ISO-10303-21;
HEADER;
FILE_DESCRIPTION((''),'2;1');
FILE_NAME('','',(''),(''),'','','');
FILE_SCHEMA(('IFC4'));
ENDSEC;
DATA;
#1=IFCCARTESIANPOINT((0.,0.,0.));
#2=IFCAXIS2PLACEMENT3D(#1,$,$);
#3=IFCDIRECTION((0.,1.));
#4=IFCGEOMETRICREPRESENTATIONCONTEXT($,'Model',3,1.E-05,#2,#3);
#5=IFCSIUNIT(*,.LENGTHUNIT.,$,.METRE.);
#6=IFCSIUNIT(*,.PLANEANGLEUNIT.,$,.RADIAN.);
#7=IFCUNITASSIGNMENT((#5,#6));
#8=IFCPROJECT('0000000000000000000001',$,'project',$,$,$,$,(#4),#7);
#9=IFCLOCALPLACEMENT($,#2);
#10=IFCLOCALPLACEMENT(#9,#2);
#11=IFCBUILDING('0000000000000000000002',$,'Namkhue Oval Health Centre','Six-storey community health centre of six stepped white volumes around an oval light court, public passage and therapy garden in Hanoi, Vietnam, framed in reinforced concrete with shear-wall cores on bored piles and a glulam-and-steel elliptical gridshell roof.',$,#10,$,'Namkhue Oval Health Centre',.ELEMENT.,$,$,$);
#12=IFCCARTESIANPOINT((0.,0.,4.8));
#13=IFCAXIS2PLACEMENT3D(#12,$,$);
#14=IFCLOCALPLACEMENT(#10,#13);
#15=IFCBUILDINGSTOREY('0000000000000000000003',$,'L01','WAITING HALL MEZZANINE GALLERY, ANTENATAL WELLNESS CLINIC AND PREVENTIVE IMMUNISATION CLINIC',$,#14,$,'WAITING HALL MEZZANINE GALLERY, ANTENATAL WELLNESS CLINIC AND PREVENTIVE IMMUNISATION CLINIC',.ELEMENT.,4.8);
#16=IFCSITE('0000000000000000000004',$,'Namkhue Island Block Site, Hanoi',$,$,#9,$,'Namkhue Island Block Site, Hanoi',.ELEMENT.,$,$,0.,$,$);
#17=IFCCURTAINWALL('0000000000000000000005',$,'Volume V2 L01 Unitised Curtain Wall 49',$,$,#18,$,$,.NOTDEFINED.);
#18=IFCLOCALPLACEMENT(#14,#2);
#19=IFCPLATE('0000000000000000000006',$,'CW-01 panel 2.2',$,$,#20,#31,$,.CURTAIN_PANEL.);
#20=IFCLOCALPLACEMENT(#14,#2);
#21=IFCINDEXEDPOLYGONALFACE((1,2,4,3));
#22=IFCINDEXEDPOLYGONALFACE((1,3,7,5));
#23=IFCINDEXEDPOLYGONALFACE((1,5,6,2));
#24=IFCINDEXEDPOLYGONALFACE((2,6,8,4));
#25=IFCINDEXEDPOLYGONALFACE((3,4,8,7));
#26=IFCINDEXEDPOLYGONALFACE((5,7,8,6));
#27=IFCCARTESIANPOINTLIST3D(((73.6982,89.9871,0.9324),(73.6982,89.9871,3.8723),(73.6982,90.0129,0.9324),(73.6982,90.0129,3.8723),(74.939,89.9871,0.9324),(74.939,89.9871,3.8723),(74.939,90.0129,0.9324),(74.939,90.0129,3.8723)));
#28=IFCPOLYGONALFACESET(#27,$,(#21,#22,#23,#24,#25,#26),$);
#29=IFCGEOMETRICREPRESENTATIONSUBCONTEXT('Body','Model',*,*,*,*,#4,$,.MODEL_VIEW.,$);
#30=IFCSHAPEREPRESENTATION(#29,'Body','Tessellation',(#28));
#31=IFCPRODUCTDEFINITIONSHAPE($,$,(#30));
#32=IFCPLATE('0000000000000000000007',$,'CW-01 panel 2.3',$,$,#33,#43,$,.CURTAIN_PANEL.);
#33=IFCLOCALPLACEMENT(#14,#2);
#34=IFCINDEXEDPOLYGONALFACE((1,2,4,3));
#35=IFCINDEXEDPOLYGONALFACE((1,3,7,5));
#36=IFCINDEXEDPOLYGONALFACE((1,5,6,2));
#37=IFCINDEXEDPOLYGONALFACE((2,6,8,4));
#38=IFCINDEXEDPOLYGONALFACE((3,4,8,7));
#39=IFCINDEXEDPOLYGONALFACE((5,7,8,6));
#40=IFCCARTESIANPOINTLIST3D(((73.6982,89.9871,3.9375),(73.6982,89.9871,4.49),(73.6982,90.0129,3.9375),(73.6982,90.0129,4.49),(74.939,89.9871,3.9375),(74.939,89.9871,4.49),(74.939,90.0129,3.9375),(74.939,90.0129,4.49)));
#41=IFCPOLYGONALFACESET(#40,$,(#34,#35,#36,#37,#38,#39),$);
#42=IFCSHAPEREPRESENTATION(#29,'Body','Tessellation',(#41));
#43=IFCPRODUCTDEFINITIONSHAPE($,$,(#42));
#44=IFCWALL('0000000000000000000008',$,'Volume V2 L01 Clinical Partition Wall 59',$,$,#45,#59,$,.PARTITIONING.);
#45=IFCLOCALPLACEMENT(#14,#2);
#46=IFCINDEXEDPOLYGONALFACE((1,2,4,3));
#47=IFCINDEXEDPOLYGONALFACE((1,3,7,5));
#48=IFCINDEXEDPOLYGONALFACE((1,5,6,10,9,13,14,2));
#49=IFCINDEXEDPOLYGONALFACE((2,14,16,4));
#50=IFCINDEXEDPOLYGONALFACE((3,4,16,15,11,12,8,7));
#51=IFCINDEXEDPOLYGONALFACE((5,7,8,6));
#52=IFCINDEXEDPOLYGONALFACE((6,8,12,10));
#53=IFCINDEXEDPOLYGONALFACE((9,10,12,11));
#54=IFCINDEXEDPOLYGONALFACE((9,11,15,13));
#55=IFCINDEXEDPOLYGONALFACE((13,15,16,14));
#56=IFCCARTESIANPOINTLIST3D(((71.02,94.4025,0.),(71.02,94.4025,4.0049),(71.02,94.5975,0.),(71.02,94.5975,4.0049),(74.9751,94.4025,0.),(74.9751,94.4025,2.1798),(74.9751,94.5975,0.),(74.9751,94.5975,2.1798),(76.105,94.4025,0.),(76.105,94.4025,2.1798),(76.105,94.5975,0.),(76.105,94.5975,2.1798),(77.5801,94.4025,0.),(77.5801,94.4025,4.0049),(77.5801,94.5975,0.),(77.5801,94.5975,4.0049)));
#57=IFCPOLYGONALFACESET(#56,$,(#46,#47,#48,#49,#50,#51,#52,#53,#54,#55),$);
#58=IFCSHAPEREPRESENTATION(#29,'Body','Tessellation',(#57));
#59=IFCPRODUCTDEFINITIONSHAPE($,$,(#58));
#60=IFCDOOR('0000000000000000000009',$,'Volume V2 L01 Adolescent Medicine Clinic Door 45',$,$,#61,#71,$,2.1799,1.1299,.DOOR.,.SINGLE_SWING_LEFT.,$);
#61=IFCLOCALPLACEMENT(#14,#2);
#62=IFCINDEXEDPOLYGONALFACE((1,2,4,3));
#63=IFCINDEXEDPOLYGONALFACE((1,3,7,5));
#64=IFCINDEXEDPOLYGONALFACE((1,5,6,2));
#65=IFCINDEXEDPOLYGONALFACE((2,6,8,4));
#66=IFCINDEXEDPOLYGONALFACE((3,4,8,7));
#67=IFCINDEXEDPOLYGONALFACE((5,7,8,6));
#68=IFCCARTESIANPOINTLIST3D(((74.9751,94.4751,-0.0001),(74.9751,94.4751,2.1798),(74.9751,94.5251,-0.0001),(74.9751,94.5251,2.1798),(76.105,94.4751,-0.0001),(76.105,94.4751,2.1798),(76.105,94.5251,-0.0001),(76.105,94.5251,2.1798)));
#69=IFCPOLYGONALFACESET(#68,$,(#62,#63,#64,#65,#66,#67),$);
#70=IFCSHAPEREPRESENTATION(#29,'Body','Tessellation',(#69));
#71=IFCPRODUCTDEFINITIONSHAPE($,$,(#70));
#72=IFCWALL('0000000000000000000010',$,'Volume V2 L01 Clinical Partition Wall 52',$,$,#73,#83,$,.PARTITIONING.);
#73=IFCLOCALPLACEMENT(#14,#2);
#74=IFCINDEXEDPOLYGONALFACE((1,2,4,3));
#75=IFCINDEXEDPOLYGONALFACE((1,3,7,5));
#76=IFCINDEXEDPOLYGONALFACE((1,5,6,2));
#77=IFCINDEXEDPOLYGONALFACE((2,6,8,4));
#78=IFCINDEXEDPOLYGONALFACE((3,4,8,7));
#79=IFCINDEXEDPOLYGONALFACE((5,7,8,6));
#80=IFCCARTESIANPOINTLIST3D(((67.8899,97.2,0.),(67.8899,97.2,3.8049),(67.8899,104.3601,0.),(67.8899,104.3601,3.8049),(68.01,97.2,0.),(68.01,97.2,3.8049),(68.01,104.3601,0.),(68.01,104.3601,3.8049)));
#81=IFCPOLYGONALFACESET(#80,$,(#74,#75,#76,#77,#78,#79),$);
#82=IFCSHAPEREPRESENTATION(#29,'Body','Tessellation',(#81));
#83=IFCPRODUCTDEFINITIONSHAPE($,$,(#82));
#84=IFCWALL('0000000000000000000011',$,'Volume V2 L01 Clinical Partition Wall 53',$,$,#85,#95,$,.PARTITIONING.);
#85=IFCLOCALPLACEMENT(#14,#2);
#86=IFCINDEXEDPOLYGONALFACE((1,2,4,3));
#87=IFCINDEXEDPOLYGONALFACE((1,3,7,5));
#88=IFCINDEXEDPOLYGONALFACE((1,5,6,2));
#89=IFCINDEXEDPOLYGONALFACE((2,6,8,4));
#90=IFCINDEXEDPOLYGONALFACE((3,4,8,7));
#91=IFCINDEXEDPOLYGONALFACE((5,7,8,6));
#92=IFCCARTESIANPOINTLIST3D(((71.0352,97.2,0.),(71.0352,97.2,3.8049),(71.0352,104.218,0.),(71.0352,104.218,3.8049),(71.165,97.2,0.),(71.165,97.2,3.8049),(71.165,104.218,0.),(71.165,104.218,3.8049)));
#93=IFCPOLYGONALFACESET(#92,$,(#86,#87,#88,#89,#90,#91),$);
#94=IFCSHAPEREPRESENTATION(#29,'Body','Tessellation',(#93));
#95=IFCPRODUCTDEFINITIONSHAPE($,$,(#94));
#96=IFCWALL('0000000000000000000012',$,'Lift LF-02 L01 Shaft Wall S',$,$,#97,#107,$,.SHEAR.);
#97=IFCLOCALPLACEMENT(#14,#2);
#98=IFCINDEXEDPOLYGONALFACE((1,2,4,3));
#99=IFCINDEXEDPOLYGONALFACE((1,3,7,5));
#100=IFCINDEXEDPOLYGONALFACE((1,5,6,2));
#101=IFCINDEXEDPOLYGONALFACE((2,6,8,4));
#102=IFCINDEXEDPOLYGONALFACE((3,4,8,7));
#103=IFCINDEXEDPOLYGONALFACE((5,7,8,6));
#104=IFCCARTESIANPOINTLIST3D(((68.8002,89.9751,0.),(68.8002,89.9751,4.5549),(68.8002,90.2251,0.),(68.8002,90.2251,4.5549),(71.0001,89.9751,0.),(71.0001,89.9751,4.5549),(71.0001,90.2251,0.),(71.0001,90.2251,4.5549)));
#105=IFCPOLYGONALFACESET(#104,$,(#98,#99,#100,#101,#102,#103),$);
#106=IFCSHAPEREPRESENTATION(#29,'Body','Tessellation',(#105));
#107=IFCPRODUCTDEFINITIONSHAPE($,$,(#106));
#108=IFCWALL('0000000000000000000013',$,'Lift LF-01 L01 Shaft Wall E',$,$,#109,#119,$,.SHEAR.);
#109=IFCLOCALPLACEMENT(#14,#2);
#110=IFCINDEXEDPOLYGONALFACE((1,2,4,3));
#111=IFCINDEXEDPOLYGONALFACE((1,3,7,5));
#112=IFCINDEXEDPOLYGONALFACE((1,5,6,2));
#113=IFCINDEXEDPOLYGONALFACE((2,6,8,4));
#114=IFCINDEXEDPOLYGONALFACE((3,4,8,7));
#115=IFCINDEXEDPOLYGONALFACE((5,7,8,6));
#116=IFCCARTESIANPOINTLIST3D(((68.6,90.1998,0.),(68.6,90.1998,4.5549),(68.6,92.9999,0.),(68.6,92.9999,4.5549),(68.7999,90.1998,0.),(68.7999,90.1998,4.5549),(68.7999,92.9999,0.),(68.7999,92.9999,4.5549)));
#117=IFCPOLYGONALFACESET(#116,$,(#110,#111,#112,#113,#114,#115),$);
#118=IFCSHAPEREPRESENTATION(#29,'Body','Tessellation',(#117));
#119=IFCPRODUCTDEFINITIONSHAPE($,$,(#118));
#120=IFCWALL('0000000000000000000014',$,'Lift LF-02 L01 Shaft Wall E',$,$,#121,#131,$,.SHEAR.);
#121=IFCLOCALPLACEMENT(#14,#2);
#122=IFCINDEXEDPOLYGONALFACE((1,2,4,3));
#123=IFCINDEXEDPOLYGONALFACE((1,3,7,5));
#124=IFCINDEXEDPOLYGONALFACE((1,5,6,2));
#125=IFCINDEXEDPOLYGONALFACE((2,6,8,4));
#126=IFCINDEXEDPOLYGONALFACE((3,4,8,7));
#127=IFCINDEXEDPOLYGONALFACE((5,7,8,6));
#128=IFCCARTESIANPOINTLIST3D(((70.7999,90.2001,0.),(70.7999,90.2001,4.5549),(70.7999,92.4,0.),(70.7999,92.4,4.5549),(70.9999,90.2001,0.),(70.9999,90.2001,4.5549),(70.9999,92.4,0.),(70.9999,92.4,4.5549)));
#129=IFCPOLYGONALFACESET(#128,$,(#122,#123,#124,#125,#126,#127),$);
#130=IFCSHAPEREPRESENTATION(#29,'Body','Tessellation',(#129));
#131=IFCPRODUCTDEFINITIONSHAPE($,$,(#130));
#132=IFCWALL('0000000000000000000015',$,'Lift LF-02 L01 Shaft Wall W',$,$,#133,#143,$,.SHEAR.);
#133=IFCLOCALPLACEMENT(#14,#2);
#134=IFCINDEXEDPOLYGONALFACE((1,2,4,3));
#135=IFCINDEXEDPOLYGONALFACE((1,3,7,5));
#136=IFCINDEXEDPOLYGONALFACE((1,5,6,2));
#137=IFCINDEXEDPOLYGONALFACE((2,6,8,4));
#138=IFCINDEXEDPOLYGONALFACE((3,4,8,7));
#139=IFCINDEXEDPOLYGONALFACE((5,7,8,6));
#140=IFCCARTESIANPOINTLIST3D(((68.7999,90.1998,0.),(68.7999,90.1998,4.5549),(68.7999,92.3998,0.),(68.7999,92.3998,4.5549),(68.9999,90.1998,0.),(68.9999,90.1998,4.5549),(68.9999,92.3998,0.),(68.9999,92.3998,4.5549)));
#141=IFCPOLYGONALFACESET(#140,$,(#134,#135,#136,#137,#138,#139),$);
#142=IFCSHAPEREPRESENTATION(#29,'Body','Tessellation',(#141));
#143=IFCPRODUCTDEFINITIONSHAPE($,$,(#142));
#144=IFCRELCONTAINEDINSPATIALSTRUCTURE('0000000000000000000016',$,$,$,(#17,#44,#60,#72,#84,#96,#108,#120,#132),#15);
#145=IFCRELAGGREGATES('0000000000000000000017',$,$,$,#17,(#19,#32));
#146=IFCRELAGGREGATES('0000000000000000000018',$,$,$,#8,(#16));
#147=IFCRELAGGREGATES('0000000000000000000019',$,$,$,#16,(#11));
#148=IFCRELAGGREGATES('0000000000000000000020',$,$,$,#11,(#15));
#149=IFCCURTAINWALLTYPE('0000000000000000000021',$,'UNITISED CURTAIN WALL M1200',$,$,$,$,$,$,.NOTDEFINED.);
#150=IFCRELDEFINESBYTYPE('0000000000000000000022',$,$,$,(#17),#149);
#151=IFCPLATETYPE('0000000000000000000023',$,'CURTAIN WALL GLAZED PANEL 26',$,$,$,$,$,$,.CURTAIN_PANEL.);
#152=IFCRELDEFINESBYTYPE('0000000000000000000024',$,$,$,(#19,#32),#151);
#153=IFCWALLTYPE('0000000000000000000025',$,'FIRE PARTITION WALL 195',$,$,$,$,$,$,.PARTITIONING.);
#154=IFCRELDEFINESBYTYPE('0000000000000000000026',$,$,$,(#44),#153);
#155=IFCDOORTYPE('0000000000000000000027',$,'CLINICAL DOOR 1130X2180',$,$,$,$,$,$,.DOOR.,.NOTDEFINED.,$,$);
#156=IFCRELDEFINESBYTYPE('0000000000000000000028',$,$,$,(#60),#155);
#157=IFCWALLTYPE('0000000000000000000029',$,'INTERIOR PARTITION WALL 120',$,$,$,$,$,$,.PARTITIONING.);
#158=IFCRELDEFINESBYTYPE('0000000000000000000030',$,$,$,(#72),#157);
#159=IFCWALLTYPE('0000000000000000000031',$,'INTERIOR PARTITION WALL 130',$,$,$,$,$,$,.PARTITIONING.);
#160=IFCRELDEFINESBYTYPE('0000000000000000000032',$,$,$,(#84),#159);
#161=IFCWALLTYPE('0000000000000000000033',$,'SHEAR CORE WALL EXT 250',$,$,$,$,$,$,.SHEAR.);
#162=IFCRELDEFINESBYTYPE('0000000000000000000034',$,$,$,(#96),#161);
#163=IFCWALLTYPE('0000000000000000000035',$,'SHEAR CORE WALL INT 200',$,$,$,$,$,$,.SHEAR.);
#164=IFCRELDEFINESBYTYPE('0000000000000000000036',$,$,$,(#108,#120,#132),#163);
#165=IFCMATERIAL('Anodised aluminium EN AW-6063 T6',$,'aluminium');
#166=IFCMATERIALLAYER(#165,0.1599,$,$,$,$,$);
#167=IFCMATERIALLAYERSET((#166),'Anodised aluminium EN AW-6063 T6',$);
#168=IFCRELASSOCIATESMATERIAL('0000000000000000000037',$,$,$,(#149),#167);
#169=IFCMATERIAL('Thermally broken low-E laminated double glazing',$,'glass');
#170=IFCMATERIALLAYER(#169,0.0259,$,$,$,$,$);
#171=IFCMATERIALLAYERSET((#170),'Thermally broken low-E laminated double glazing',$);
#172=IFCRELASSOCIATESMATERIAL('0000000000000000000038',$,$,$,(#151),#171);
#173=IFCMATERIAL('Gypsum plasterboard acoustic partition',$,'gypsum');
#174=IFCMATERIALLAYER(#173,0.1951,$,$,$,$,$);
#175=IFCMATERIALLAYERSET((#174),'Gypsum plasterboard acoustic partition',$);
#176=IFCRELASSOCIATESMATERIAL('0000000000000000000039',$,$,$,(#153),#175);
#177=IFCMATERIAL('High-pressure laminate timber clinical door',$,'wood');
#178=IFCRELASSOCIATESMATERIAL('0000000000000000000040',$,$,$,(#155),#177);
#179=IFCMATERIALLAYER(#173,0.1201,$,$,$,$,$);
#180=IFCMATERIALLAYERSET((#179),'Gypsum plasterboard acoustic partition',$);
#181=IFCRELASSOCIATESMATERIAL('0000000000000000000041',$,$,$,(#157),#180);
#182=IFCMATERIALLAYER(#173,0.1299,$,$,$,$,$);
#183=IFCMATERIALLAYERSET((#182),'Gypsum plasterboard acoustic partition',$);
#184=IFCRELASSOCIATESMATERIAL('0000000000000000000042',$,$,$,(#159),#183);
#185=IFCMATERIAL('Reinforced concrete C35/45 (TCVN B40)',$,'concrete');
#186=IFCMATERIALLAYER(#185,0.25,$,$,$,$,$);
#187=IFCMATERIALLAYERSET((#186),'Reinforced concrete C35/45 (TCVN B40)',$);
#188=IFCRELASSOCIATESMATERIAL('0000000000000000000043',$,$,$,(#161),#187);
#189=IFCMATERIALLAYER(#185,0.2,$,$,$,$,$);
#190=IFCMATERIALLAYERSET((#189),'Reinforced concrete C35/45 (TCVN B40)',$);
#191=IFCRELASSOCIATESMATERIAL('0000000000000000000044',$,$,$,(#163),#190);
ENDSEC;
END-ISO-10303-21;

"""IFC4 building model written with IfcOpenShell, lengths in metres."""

from ifc_helpers import new_model, si_unit, direction, frame, frame_2d, origin, origin_2d, place, context, subcontext, project, spatial, rectangle, extrude, material, layer, layer_set, type_object, element, fill, aggregate, save


model = new_model("IFC4")

# Units and contexts
model_context = context("Model", 3, precision=1e-05, world=origin(), true_north=direction((0.0, 1.0)))
body_context = subcontext(model_context, "Body", "Model", "MODEL_VIEW")
ifc_project = project(units=[si_unit("LENGTHUNIT", "METRE"), si_unit("PLANEANGLEUNIT", "RADIAN")], contexts=[model_context])

# Site, building, storey
site_placement = place(None, origin())
site = spatial("IfcSite", under=ifc_project, at=site_placement, Name="Namkhue Island Block Site, Hanoi", LongName="Namkhue Island Block Site, Hanoi", CompositionType="ELEMENT", RefElevation=0.0)
building_placement = place(site_placement, origin())
building = spatial("IfcBuilding", under=site, at=building_placement, Name="Namkhue Oval Health Centre", Description="Six-storey community health centre of six stepped white volumes around an oval light court, public passage and therapy garden in Hanoi, Vietnam, framed in reinforced concrete with shear-wall cores on bored piles and a glulam-and-steel elliptical gridshell roof.", LongName="Namkhue Oval Health Centre", CompositionType="ELEMENT")
storey_placement = place(building_placement, frame((0.0, 0.0, 4.8)))
storey = spatial("IfcBuildingStorey", under=building, at=storey_placement, Name="L01", Description="WAITING HALL MEZZANINE GALLERY, ANTENATAL WELLNESS CLINIC AND PREVENTIVE IMMUNISATION CLINIC", LongName="WAITING HALL MEZZANINE GALLERY, ANTENATAL WELLNESS CLINIC AND PREVENTIVE IMMUNISATION CLINIC", CompositionType="ELEMENT", Elevation=4.8)

# Shared definitions
ifc_material_1 = material(Name="Reinforced concrete C35/45 (TCVN B40)", Category="concrete")

# Curtain wall
ifc_material_2 = material(Name="Anodised aluminium EN AW-6063 T6", Category="aluminium")
ifc_layer_1 = layer(ifc_material_2, 0.1599)
ifc_layer_set_1 = layer_set([ifc_layer_1], Name="Anodised aluminium EN AW-6063 T6")
curtain_wall_type = type_object("IfcCurtainWallType", Name="UNITISED CURTAIN WALL M1200", PredefinedType="NOTDEFINED", material=ifc_layer_set_1)
curtain_wall_placement = place(storey_placement, origin())
curtain_wall = element("IfcCurtainWall", 1, at=curtain_wall_placement, inside=storey, type_object=curtain_wall_type, Name="Volume V2 L01 Unitised Curtain Wall 49", PredefinedType="NOTDEFINED")

# Plates
ifc_material_3 = material(Name="Thermally broken low-E laminated double glazing", Category="glass")
ifc_layer_2 = layer(ifc_material_3, 0.0259)
ifc_layer_set_2 = layer_set([ifc_layer_2], Name="Thermally broken low-E laminated double glazing")
plate_type = type_object("IfcPlateType", Name="CURTAIN WALL GLAZED PANEL 26", PredefinedType="CURTAIN_PANEL", material=ifc_layer_set_2)
plate_1_placement = place(storey_placement, frame((74.3186, 90.0, 0.9324), z_axis=(0.0, 0.0, 1.0), x_axis=(1.0, 0.0, 0.0)))
plate_1 = element("IfcPlate", 2, at=plate_1_placement, type_object=plate_type, Name="CW-01 panel 2.2", PredefinedType="CURTAIN_PANEL", context=body_context, shape_type="SweptSolid", body=[
    extrude(rectangle(XDim=1.2407, YDim=0.0259, at=origin_2d()), origin(), (0.0, 0.0, 1.0), 2.9399),
])
plate_2_placement = place(storey_placement, frame((74.3186, 90.0, 3.9375), z_axis=(0.0, 0.0, 1.0), x_axis=(1.0, 0.0, 0.0)))
plate_2 = element("IfcPlate", 3, at=plate_2_placement, type_object=plate_type, Name="CW-01 panel 2.3", PredefinedType="CURTAIN_PANEL", context=body_context, shape_type="SweptSolid", body=[
    extrude(rectangle(XDim=1.2407, YDim=0.0259, at=origin_2d()), origin(), (0.0, 0.0, 1.0), 0.5525),
])
aggregate(curtain_wall, [plate_1, plate_2])

# Wall, opening, door
ifc_material_4 = material(Name="Gypsum plasterboard acoustic partition", Category="gypsum")
ifc_layer_3 = layer(ifc_material_4, 0.1951)
ifc_layer_set_3 = layer_set([ifc_layer_3], Name="Gypsum plasterboard acoustic partition")
wall_type_1 = type_object("IfcWallType", Name="FIRE PARTITION WALL 195", PredefinedType="PARTITIONING", material=ifc_layer_set_3)
wall_1_placement = place(storey_placement, frame((71.02, 94.5, 0.0), z_axis=(0.0, 0.0, 1.0), x_axis=(1.0, 0.0, 0.0)))
wall_1 = element("IfcWall", 4, at=wall_1_placement, inside=storey, type_object=wall_type_1, Name="Volume V2 L01 Clinical Partition Wall 59", PredefinedType="PARTITIONING", context=body_context, shape_type="SweptSolid", body=[
    extrude(rectangle(XDim=6.5601, YDim=0.1951, at=frame_2d((3.28, 0.0))), origin(), (0.0, 0.0, 1.0), 4.0049),
])
opening_1_placement = place(wall_1_placement, frame((3.9551, 0.0, 0.0)))
opening_1 = element("IfcOpeningElement", 5, at=opening_1_placement, cuts=wall_1, PredefinedType="OPENING", context=body_context, shape_type="SweptSolid", body=[
    extrude(rectangle(XDim=1.1299, YDim=2.1799, at=frame_2d((0.5649, 1.0898))), frame((0.0, 0.1074, 0.0), z_axis=(0.0, -1.0, 0.0), x_axis=(1.0, 0.0, 0.0)), (0.0, 0.0, 1.0), 0.2151),
])
ifc_material_5 = material(Name="High-pressure laminate timber clinical door", Category="wood")
door_type_1 = type_object("IfcDoorType", Name="CLINICAL DOOR 1130X2180", OperationType="NOTDEFINED", PredefinedType="DOOR", material=ifc_material_5)
door_1_placement = place(opening_1_placement, frame((1.1299, 0.0, 0.0), z_axis=(0.0, 0.0, 1.0), x_axis=(-1.0, 0.0, 0.0)))
door_1 = element("IfcDoor", 6, at=door_1_placement, inside=storey, type_object=door_type_1, Name="Volume V2 L01 Adolescent Medicine Clinic Door 45", OperationType="SINGLE_SWING_LEFT", OverallHeight=2.1799, OverallWidth=1.1299, PredefinedType="DOOR", context=body_context, shape_type="SweptSolid", body=[
    extrude(rectangle(XDim=1.1299, YDim=2.1799, at=frame_2d((0.5649, 1.0898))), frame((0.0, 0.0249, 0.0), z_axis=(0.0, -1.0, 0.0), x_axis=(1.0, 0.0, 0.0)), (0.0, 0.0, 1.0), 0.05),
])
fill(opening_1, door_1)

# Walls
ifc_layer_4 = layer(ifc_material_4, 0.1201)
ifc_layer_set_4 = layer_set([ifc_layer_4], Name="Gypsum plasterboard acoustic partition")
wall_type_2 = type_object("IfcWallType", Name="INTERIOR PARTITION WALL 120", PredefinedType="PARTITIONING", material=ifc_layer_set_4)
wall_2_placement = place(storey_placement, frame((67.95, 97.2, 0.0), z_axis=(0.0, 0.0, 1.0), x_axis=(0.0, 1.0, 0.0)))
element("IfcWall", 7, at=wall_2_placement, inside=storey, type_object=wall_type_2, Name="Volume V2 L01 Clinical Partition Wall 52", PredefinedType="PARTITIONING", context=body_context, shape_type="SweptSolid", body=[
    extrude(rectangle(XDim=7.1602, YDim=0.1201, at=frame_2d((3.5801, 0.0))), origin(), (0.0, 0.0, 1.0), 3.8049),
])
ifc_layer_5 = layer(ifc_material_4, 0.1299)
ifc_layer_set_5 = layer_set([ifc_layer_5], Name="Gypsum plasterboard acoustic partition")
wall_type_3 = type_object("IfcWallType", Name="INTERIOR PARTITION WALL 130", PredefinedType="PARTITIONING", material=ifc_layer_set_5)
wall_3_placement = place(storey_placement, frame((71.1001, 97.2, 0.0), z_axis=(0.0, 0.0, 1.0), x_axis=(0.0, 1.0, 0.0)))
element("IfcWall", 8, at=wall_3_placement, inside=storey, type_object=wall_type_3, Name="Volume V2 L01 Clinical Partition Wall 53", PredefinedType="PARTITIONING", context=body_context, shape_type="SweptSolid", body=[
    extrude(rectangle(XDim=7.0181, YDim=0.1299, at=frame_2d((3.509, 0.0))), origin(), (0.0, 0.0, 1.0), 3.8049),
])
ifc_layer_6 = layer(ifc_material_1, 0.25)
ifc_layer_set_6 = layer_set([ifc_layer_6], Name="Reinforced concrete C35/45 (TCVN B40)")
wall_type_4 = type_object("IfcWallType", Name="SHEAR CORE WALL EXT 250", PredefinedType="SHEAR", material=ifc_layer_set_6)
wall_4_placement = place(storey_placement, frame((68.8, 90.1001, 0.0), z_axis=(0.0, 0.0, 1.0), x_axis=(1.0, 0.0, 0.0)))
element("IfcWall", 9, at=wall_4_placement, inside=storey, type_object=wall_type_4, Name="Lift LF-02 L01 Shaft Wall S", PredefinedType="SHEAR", context=body_context, shape_type="SweptSolid", body=[
    extrude(rectangle(XDim=2.2, YDim=0.25, at=frame_2d((1.1001, 0.0))), origin(), (0.0, 0.0, 1.0), 4.5549),
])
ifc_layer_7 = layer(ifc_material_1, 0.2)
ifc_layer_set_7 = layer_set([ifc_layer_7], Name="Reinforced concrete C35/45 (TCVN B40)")
wall_type_5 = type_object("IfcWallType", Name="SHEAR CORE WALL INT 200", PredefinedType="SHEAR", material=ifc_layer_set_7)
wall_5_placement = place(storey_placement, frame((68.7, 90.2, 0.0), z_axis=(0.0, 0.0, 1.0), x_axis=(0.0, 1.0, 0.0)))
element("IfcWall", 10, at=wall_5_placement, inside=storey, type_object=wall_type_5, Name="Lift LF-01 L01 Shaft Wall E", PredefinedType="SHEAR", context=body_context, shape_type="SweptSolid", body=[
    extrude(rectangle(XDim=2.8, YDim=0.2, at=frame_2d((1.3999, 0.0))), origin(), (0.0, 0.0, 1.0), 4.5549),
])

# Wall
wall_6_placement = place(storey_placement, frame((70.8999, 90.2, 0.0), z_axis=(0.0, 0.0, 1.0), x_axis=(0.0, 1.0, 0.0)))
element("IfcWall", 11, at=wall_6_placement, inside=storey, type_object=wall_type_5, Name="Lift LF-02 L01 Shaft Wall E", PredefinedType="SHEAR", context=body_context, shape_type="SweptSolid", body=[
    extrude(rectangle(XDim=2.2, YDim=0.2, at=frame_2d((1.1001, 0.0))), origin(), (0.0, 0.0, 1.0), 4.5549),
])

# Wall
wall_7_placement = place(storey_placement, frame((68.8999, 92.3999, 0.0), z_axis=(0.0, 0.0, 1.0), x_axis=(0.0, -1.0, 0.0)))
element("IfcWall", 12, at=wall_7_placement, inside=storey, type_object=wall_type_5, Name="Lift LF-02 L01 Shaft Wall W", PredefinedType="SHEAR", context=body_context, shape_type="SweptSolid", body=[
    extrude(rectangle(XDim=2.2, YDim=0.2, at=frame_2d((1.1001, 0.0))), origin(), (0.0, 0.0, 1.0), 4.5549),
])

save(model, "model.ifc")
